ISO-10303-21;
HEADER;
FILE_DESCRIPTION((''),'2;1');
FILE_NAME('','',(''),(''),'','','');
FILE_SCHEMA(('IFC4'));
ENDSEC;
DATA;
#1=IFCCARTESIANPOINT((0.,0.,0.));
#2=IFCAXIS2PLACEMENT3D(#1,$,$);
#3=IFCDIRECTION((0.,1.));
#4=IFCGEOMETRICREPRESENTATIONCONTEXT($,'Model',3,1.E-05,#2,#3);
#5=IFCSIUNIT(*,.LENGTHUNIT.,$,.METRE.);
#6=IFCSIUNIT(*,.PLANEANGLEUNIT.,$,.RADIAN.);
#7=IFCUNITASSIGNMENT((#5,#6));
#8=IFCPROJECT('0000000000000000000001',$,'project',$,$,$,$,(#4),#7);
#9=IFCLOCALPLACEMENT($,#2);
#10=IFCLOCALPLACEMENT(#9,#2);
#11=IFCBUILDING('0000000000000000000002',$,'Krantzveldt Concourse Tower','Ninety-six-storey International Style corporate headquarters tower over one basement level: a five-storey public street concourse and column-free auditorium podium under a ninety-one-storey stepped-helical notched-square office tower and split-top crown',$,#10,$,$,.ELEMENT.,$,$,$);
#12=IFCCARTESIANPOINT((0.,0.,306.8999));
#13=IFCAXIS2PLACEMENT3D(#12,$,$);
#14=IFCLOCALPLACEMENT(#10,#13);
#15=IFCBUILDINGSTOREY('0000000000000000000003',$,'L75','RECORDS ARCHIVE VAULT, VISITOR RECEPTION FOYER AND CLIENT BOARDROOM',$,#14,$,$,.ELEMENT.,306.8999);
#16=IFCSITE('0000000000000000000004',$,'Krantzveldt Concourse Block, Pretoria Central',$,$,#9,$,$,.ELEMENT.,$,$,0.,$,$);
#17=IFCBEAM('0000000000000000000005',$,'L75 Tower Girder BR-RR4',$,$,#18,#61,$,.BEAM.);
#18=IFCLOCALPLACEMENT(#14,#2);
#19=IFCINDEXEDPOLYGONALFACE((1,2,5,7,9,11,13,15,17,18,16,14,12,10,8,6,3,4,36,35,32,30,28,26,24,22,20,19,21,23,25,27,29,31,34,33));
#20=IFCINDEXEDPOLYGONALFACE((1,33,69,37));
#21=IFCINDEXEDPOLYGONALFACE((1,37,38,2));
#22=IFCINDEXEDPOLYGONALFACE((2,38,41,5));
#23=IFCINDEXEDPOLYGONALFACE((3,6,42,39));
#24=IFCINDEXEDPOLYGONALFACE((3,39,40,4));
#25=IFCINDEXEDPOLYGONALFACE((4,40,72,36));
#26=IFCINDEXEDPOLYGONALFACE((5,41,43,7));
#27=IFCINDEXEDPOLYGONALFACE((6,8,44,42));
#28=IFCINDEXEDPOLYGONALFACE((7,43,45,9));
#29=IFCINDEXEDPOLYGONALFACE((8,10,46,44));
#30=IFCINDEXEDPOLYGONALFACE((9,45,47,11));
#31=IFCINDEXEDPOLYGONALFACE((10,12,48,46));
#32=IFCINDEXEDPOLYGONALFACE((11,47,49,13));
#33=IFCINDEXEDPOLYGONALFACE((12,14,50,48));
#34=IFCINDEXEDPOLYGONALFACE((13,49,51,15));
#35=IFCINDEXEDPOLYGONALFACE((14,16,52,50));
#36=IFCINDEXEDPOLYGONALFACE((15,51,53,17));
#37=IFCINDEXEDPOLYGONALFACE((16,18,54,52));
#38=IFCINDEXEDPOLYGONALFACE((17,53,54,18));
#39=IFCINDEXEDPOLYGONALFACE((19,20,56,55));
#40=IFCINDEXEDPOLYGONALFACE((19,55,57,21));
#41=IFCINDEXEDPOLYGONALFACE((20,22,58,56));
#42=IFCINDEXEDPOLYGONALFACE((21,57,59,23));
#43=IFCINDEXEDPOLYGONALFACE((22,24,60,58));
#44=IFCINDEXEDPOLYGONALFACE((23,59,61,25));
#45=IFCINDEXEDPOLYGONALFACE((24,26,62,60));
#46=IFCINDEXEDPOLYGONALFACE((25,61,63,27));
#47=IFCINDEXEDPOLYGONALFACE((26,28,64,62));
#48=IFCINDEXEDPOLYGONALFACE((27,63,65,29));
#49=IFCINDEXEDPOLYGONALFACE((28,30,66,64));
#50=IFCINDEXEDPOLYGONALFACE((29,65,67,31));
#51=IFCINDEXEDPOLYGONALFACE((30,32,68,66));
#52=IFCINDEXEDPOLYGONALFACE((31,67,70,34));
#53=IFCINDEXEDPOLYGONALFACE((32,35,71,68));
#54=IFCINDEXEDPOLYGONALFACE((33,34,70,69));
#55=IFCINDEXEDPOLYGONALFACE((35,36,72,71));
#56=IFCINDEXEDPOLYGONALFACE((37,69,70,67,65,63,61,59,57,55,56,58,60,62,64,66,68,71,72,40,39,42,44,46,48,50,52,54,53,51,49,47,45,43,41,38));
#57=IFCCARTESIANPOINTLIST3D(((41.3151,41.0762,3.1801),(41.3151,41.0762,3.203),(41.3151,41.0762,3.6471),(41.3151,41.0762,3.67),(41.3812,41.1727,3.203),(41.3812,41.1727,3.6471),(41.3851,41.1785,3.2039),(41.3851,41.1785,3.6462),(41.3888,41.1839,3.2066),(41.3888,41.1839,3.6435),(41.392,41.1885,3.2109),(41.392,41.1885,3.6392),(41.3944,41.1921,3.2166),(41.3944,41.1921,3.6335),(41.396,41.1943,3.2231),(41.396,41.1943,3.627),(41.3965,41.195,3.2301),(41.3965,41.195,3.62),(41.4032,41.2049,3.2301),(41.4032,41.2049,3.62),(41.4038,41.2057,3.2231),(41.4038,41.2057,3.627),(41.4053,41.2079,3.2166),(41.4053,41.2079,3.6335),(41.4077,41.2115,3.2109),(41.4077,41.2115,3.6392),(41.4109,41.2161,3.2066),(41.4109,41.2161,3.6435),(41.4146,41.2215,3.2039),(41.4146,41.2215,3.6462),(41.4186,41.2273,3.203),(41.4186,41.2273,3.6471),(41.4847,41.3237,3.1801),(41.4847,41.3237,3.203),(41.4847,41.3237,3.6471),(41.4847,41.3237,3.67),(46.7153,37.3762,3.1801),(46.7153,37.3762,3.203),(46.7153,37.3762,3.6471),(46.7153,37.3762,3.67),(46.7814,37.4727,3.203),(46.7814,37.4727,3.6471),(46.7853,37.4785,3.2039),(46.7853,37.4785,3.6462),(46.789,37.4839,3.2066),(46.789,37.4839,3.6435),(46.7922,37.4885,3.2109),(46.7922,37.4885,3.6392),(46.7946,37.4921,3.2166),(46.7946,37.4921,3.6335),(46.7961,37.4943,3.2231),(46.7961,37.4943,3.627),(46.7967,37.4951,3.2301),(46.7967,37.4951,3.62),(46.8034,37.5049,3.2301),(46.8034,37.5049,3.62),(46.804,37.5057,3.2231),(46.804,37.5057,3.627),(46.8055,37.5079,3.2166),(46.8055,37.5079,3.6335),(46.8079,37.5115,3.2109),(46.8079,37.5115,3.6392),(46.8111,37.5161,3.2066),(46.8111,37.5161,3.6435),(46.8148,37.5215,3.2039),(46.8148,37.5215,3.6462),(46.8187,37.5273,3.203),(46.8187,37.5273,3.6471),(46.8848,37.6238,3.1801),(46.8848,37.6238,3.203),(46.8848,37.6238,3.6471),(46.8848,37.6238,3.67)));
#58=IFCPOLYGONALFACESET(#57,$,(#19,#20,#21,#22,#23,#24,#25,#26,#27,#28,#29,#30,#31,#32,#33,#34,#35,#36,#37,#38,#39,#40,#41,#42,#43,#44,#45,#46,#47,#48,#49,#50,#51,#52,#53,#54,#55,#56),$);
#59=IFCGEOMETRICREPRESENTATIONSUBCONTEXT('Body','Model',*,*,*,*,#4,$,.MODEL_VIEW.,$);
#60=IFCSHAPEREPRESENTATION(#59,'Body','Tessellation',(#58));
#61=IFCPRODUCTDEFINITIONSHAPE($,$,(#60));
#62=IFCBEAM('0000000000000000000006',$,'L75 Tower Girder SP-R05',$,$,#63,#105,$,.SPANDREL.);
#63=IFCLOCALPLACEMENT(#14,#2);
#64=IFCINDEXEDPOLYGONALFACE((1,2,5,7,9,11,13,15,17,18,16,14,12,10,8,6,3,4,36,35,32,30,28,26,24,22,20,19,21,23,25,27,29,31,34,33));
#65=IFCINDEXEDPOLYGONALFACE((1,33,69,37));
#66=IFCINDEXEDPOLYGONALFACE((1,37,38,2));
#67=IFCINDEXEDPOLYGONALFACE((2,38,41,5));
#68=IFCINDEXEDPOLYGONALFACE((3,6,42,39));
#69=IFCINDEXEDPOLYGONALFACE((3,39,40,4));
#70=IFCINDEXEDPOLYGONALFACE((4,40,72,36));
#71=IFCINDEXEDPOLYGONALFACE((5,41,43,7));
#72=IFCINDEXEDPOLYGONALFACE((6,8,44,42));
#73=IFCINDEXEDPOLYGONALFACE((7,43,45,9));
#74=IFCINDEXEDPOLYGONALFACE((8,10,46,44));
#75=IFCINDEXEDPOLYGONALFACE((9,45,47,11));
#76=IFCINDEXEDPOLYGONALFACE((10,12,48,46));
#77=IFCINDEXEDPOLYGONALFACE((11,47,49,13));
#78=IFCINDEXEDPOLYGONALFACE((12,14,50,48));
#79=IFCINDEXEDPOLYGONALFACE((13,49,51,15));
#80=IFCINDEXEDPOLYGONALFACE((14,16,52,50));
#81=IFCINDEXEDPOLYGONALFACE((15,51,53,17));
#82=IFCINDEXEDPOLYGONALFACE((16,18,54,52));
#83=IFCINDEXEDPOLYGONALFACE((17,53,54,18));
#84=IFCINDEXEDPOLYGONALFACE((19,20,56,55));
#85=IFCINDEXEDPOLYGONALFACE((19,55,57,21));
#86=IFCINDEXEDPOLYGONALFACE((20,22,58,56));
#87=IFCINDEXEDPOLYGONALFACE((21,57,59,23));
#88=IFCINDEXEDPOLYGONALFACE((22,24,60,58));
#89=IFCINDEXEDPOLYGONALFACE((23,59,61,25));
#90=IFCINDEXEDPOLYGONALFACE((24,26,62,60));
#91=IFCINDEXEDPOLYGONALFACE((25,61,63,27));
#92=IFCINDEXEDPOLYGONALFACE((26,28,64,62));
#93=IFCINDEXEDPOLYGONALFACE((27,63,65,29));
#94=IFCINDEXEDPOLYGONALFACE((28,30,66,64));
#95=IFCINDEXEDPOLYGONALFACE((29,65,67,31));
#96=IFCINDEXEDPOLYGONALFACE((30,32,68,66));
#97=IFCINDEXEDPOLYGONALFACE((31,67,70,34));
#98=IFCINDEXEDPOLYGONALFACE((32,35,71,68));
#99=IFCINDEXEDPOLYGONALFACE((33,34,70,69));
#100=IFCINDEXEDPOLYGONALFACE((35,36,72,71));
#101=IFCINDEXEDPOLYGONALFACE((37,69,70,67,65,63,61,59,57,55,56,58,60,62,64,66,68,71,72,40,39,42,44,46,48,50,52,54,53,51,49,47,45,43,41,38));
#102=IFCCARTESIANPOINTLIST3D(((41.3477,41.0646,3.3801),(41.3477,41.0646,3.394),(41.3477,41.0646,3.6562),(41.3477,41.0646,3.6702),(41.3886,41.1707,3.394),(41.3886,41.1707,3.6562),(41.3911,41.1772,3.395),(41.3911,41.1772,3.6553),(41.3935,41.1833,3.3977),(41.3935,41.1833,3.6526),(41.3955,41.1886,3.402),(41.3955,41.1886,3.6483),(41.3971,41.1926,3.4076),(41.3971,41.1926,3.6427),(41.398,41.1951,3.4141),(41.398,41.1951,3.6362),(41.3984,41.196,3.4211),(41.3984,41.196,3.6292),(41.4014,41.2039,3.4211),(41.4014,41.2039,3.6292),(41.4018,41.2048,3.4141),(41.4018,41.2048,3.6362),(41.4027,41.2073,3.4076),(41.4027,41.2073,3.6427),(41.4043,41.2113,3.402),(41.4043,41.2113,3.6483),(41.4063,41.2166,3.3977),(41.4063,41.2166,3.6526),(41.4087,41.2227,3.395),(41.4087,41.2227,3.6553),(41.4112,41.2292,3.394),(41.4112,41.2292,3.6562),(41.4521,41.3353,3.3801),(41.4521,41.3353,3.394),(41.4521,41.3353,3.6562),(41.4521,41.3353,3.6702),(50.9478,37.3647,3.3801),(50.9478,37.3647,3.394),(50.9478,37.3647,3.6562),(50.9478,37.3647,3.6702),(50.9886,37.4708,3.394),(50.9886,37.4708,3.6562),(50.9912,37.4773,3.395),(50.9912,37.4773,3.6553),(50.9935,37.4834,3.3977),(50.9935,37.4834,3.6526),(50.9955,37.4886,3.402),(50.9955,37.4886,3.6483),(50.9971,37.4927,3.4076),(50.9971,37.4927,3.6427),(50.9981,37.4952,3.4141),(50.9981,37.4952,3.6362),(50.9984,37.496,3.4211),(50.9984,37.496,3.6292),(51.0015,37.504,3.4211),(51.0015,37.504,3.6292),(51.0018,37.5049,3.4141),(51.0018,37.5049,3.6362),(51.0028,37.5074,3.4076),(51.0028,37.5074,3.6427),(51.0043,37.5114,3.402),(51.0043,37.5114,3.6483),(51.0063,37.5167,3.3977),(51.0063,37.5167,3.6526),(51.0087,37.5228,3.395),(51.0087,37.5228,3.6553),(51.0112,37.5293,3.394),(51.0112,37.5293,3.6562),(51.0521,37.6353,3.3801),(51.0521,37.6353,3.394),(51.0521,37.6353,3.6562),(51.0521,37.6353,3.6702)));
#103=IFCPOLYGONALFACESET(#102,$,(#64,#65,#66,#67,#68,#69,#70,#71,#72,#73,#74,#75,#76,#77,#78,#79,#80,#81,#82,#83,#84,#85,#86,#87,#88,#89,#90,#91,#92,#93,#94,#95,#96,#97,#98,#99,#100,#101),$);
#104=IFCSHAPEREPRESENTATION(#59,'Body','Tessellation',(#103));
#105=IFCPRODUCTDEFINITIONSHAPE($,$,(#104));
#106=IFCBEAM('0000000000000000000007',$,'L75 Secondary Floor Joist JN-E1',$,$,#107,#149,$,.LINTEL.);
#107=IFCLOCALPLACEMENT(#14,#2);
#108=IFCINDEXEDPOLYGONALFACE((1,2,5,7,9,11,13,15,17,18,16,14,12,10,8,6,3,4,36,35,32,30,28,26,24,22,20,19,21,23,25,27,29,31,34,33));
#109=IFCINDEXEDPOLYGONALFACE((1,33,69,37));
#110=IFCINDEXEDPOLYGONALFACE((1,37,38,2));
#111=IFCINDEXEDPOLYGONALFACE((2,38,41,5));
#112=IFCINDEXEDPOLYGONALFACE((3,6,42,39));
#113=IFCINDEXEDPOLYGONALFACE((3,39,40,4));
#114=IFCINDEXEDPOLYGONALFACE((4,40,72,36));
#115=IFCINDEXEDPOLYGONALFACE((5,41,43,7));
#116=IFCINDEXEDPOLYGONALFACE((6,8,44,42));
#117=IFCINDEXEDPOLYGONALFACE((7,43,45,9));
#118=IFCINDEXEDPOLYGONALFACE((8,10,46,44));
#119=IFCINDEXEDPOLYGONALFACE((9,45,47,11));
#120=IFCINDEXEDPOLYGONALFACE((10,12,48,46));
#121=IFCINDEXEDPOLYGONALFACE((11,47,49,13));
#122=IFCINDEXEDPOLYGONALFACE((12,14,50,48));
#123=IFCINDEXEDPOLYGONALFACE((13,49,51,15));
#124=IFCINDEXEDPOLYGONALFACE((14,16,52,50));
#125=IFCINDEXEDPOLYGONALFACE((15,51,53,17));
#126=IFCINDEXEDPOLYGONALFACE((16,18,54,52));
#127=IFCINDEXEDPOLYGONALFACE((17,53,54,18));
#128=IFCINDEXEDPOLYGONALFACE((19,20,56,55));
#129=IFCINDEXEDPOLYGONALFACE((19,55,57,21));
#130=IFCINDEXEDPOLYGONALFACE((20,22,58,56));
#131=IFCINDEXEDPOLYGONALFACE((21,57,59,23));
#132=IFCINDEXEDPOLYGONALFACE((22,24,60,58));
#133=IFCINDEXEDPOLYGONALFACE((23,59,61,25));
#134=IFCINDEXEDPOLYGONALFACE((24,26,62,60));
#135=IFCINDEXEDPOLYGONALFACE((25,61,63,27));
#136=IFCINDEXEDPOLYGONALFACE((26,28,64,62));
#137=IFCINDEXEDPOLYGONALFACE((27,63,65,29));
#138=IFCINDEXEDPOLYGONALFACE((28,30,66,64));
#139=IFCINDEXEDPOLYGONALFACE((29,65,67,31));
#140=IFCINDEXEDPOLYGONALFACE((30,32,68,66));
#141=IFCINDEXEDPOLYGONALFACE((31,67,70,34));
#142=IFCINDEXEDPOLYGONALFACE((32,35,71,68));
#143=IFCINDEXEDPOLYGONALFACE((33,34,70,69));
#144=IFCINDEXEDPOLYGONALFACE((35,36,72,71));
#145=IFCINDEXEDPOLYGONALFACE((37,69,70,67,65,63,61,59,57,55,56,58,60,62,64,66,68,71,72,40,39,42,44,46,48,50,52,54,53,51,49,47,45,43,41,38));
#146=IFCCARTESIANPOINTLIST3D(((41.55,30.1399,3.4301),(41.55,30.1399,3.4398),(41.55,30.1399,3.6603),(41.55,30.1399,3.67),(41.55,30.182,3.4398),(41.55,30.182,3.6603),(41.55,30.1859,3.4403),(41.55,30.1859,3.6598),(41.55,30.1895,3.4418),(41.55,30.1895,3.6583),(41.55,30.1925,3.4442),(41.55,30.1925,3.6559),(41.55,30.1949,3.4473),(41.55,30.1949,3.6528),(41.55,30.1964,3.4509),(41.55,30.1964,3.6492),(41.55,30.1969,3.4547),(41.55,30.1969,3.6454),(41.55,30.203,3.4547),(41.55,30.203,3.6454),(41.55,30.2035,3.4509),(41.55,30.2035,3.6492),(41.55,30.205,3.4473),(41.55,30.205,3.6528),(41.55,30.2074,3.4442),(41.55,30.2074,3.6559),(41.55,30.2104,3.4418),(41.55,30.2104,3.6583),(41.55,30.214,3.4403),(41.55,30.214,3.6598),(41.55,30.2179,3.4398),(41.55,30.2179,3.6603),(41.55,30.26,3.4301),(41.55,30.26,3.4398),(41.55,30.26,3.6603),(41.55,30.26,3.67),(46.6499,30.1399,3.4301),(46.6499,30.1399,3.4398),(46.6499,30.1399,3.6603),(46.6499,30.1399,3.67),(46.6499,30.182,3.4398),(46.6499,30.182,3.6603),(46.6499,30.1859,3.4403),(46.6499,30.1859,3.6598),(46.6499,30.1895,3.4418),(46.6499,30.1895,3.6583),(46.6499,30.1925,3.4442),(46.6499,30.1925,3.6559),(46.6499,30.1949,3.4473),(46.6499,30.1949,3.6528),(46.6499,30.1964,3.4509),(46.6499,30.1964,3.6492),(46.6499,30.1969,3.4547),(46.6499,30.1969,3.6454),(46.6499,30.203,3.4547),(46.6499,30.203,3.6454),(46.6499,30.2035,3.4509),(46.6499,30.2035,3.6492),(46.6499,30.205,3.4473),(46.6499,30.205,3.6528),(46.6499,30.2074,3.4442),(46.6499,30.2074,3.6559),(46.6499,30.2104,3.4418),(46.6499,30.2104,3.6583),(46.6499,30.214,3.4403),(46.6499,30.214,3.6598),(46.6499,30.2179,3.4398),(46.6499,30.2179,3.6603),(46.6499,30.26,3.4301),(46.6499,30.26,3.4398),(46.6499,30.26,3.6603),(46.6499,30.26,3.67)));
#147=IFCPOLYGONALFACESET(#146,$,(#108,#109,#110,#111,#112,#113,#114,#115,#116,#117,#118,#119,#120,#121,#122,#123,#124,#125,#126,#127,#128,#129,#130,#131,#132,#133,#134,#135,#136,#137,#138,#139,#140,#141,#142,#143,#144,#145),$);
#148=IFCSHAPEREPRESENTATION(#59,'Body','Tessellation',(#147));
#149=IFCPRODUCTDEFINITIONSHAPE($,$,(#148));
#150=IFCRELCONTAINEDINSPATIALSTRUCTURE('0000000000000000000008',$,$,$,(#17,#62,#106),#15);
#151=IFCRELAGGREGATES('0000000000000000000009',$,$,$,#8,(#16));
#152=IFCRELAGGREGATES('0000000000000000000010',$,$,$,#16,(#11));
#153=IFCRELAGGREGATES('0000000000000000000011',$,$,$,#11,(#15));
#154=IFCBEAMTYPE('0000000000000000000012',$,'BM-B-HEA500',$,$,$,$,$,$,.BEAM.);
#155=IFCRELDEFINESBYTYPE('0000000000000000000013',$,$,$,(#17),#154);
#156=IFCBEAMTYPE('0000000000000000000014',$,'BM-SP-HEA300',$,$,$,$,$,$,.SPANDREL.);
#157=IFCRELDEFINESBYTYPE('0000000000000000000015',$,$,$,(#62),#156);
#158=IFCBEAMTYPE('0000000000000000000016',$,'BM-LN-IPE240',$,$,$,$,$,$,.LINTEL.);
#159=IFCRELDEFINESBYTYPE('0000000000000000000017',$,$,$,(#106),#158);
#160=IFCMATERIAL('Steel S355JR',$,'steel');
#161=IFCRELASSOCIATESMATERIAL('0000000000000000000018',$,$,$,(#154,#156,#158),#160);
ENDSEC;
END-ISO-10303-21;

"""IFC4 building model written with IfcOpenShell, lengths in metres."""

from ifc_helpers import new_model, si_unit, direction, frame, origin, origin_2d, place, context, subcontext, project, spatial, i_section, extrude, source, transform, mapped, material, material_profile, profile_set, type_object, type_shapes, element, save


model = new_model("IFC4")

# Units and contexts
model_context = context("Model", 3, precision=1e-05, world=origin(), true_north=direction((0.0, 1.0)))
body_context = subcontext(model_context, "Body", "Model", "MODEL_VIEW")
ifc_project = project(units=[si_unit("LENGTHUNIT", "METRE"), si_unit("PLANEANGLEUNIT", "RADIAN")], contexts=[model_context])

# Site, building, storey
site_placement = place(None, origin())
site = spatial("IfcSite", under=ifc_project, at=site_placement, Name="Krantzveldt Concourse Block, Pretoria Central", CompositionType="ELEMENT", RefElevation=0.0)
building_placement = place(site_placement, origin())
building = spatial("IfcBuilding", under=site, at=building_placement, Name="Krantzveldt Concourse Tower", Description="Ninety-six-storey International Style corporate headquarters tower over one basement level: a five-storey public street concourse and column-free auditorium podium under a ninety-one-storey stepped-helical notched-square office tower and split-top crown", CompositionType="ELEMENT")
storey_placement = place(building_placement, frame((0.0, 0.0, 306.8999)))
storey = spatial("IfcBuildingStorey", under=building, at=storey_placement, Name="L75", Description="RECORDS ARCHIVE VAULT, VISITOR RECEPTION FOYER AND CLIENT BOARDROOM", CompositionType="ELEMENT", Elevation=306.8999)

# Beams
ifc_material_1 = material(Name="Steel S355JR", Category="steel")
ifc_material_profile_1 = material_profile(ifc_material_1, i_section(OverallWidth=0.3, OverallDepth=0.49, WebThickness=0.012, FlangeThickness=0.0229, FilletRadius=0.0271, at=origin_2d()), Name="Steel S355JR", Category="steel")
ifc_profile_set_1 = profile_set([ifc_material_profile_1], Name="Steel S355JR - HEA 500")
beam_type_1 = type_object("IfcBeamType", Name="BM-B-HEA500", PredefinedType="BEAM", material=ifc_profile_set_1)
shared_shape_1 = source(origin(), body_context, "Body", "SweptSolid", [
    extrude(i_section(OverallWidth=0.3, OverallDepth=0.49, WebThickness=0.012, FlangeThickness=0.0229, FilletRadius=0.0271, at=origin_2d()), origin(), (0.0, 0.0, 1.0), 6.5461),
])
beam_1_placement = place(storey_placement, frame((46.8, 37.5, 3.425), z_axis=(-0.824943, 0.565216, 0.0), x_axis=(-0.565216, -0.824943, 0.0)))
element("IfcBeam", 1, at=beam_1_placement, inside=storey, type_object=beam_type_1, Name="L75 Tower Girder BR-RR4", PredefinedType="BEAM", context=body_context, shape_type="MappedRepresentation", body=[
    mapped(shared_shape_1, transform((0.0, 0.0, 0.0), x_axis=(1.0, 0.0, 0.0), y_axis=(0.0, 1.0, 0.0), z_axis=(0.0, 0.0, 1.0), scale=1.0)),
])
ifc_material_profile_2 = material_profile(ifc_material_1, i_section(OverallWidth=0.29, OverallDepth=0.29, WebThickness=0.0085, FlangeThickness=0.0139, FilletRadius=0.0271, at=origin_2d()), Name="Steel S355JR", Category="steel")
ifc_profile_set_2 = profile_set([ifc_material_profile_2], Name="Steel S355JR - HEA 300")
beam_type_2 = type_object("IfcBeamType", Name="BM-SP-HEA300", PredefinedType="SPANDREL", material=ifc_profile_set_2)
shared_shape_2 = source(origin(), body_context, "Body", "SweptSolid", [
    extrude(i_section(OverallWidth=0.29, OverallDepth=0.29, WebThickness=0.0085, FlangeThickness=0.0139, FilletRadius=0.0271, at=origin_2d()), origin(), (0.0, 0.0, 1.0), 10.2883),
])
type_shapes(beam_type_2, [shared_shape_2])
beam_2_placement = place(storey_placement, frame((41.3999, 41.2, 3.5251), z_axis=(0.933098, -0.359623, 0.0), x_axis=(0.359623, 0.933098, 0.0)))
element("IfcBeam", 2, at=beam_2_placement, inside=storey, type_object=beam_type_2, Name="L75 Tower Girder SP-R05", PredefinedType="SPANDREL", context=body_context, shape_type="MappedRepresentation", body=[
    mapped(shared_shape_2, transform((0.0, 0.0, 0.0), x_axis=(1.0, 0.0, 0.0), y_axis=(0.0, 1.0, 0.0), z_axis=(0.0, 0.0, 1.0), scale=1.0)),
])
ifc_material_profile_3 = material_profile(ifc_material_1, i_section(OverallWidth=0.1201, OverallDepth=0.24, WebThickness=0.0061, FlangeThickness=0.0098, FilletRadius=0.0149, at=origin_2d()), Name="Steel S355JR", Category="steel")
ifc_profile_set_3 = profile_set([ifc_material_profile_3], Name="Steel S355JR - IPE 240")
beam_type_3 = type_object("IfcBeamType", Name="BM-LN-IPE240", PredefinedType="LINTEL", material=ifc_profile_set_3)
shared_shape_3 = source(origin(), body_context, "Body", "SweptSolid", [
    extrude(i_section(OverallWidth=0.1201, OverallDepth=0.24, WebThickness=0.0061, FlangeThickness=0.0098, FilletRadius=0.0149, at=origin_2d()), origin(), (0.0, 0.0, 1.0), 5.0999),
])
type_shapes(beam_type_3, [shared_shape_3])
for number, where, z_axis, x_axis, name in (
    (3, (41.55, 30.2, 3.55), (1.0, 0.0, 0.0), (0.0, 1.0, 0.0), "L75 Secondary Floor Joist JN-E1"),
):
    element("IfcBeam", number, at=place(storey_placement, frame(where, z_axis=z_axis, x_axis=x_axis)), inside=storey, type_object=beam_type_3, Name=name, PredefinedType="LINTEL", context=body_context, shape_type="MappedRepresentation", body=[
        mapped(shared_shape_3, transform((0.0, 0.0, 0.0), x_axis=(1.0, 0.0, 0.0), y_axis=(0.0, 1.0, 0.0), z_axis=(0.0, 0.0, 1.0), scale=1.0)),
    ])

save(model, "model.ifc")
